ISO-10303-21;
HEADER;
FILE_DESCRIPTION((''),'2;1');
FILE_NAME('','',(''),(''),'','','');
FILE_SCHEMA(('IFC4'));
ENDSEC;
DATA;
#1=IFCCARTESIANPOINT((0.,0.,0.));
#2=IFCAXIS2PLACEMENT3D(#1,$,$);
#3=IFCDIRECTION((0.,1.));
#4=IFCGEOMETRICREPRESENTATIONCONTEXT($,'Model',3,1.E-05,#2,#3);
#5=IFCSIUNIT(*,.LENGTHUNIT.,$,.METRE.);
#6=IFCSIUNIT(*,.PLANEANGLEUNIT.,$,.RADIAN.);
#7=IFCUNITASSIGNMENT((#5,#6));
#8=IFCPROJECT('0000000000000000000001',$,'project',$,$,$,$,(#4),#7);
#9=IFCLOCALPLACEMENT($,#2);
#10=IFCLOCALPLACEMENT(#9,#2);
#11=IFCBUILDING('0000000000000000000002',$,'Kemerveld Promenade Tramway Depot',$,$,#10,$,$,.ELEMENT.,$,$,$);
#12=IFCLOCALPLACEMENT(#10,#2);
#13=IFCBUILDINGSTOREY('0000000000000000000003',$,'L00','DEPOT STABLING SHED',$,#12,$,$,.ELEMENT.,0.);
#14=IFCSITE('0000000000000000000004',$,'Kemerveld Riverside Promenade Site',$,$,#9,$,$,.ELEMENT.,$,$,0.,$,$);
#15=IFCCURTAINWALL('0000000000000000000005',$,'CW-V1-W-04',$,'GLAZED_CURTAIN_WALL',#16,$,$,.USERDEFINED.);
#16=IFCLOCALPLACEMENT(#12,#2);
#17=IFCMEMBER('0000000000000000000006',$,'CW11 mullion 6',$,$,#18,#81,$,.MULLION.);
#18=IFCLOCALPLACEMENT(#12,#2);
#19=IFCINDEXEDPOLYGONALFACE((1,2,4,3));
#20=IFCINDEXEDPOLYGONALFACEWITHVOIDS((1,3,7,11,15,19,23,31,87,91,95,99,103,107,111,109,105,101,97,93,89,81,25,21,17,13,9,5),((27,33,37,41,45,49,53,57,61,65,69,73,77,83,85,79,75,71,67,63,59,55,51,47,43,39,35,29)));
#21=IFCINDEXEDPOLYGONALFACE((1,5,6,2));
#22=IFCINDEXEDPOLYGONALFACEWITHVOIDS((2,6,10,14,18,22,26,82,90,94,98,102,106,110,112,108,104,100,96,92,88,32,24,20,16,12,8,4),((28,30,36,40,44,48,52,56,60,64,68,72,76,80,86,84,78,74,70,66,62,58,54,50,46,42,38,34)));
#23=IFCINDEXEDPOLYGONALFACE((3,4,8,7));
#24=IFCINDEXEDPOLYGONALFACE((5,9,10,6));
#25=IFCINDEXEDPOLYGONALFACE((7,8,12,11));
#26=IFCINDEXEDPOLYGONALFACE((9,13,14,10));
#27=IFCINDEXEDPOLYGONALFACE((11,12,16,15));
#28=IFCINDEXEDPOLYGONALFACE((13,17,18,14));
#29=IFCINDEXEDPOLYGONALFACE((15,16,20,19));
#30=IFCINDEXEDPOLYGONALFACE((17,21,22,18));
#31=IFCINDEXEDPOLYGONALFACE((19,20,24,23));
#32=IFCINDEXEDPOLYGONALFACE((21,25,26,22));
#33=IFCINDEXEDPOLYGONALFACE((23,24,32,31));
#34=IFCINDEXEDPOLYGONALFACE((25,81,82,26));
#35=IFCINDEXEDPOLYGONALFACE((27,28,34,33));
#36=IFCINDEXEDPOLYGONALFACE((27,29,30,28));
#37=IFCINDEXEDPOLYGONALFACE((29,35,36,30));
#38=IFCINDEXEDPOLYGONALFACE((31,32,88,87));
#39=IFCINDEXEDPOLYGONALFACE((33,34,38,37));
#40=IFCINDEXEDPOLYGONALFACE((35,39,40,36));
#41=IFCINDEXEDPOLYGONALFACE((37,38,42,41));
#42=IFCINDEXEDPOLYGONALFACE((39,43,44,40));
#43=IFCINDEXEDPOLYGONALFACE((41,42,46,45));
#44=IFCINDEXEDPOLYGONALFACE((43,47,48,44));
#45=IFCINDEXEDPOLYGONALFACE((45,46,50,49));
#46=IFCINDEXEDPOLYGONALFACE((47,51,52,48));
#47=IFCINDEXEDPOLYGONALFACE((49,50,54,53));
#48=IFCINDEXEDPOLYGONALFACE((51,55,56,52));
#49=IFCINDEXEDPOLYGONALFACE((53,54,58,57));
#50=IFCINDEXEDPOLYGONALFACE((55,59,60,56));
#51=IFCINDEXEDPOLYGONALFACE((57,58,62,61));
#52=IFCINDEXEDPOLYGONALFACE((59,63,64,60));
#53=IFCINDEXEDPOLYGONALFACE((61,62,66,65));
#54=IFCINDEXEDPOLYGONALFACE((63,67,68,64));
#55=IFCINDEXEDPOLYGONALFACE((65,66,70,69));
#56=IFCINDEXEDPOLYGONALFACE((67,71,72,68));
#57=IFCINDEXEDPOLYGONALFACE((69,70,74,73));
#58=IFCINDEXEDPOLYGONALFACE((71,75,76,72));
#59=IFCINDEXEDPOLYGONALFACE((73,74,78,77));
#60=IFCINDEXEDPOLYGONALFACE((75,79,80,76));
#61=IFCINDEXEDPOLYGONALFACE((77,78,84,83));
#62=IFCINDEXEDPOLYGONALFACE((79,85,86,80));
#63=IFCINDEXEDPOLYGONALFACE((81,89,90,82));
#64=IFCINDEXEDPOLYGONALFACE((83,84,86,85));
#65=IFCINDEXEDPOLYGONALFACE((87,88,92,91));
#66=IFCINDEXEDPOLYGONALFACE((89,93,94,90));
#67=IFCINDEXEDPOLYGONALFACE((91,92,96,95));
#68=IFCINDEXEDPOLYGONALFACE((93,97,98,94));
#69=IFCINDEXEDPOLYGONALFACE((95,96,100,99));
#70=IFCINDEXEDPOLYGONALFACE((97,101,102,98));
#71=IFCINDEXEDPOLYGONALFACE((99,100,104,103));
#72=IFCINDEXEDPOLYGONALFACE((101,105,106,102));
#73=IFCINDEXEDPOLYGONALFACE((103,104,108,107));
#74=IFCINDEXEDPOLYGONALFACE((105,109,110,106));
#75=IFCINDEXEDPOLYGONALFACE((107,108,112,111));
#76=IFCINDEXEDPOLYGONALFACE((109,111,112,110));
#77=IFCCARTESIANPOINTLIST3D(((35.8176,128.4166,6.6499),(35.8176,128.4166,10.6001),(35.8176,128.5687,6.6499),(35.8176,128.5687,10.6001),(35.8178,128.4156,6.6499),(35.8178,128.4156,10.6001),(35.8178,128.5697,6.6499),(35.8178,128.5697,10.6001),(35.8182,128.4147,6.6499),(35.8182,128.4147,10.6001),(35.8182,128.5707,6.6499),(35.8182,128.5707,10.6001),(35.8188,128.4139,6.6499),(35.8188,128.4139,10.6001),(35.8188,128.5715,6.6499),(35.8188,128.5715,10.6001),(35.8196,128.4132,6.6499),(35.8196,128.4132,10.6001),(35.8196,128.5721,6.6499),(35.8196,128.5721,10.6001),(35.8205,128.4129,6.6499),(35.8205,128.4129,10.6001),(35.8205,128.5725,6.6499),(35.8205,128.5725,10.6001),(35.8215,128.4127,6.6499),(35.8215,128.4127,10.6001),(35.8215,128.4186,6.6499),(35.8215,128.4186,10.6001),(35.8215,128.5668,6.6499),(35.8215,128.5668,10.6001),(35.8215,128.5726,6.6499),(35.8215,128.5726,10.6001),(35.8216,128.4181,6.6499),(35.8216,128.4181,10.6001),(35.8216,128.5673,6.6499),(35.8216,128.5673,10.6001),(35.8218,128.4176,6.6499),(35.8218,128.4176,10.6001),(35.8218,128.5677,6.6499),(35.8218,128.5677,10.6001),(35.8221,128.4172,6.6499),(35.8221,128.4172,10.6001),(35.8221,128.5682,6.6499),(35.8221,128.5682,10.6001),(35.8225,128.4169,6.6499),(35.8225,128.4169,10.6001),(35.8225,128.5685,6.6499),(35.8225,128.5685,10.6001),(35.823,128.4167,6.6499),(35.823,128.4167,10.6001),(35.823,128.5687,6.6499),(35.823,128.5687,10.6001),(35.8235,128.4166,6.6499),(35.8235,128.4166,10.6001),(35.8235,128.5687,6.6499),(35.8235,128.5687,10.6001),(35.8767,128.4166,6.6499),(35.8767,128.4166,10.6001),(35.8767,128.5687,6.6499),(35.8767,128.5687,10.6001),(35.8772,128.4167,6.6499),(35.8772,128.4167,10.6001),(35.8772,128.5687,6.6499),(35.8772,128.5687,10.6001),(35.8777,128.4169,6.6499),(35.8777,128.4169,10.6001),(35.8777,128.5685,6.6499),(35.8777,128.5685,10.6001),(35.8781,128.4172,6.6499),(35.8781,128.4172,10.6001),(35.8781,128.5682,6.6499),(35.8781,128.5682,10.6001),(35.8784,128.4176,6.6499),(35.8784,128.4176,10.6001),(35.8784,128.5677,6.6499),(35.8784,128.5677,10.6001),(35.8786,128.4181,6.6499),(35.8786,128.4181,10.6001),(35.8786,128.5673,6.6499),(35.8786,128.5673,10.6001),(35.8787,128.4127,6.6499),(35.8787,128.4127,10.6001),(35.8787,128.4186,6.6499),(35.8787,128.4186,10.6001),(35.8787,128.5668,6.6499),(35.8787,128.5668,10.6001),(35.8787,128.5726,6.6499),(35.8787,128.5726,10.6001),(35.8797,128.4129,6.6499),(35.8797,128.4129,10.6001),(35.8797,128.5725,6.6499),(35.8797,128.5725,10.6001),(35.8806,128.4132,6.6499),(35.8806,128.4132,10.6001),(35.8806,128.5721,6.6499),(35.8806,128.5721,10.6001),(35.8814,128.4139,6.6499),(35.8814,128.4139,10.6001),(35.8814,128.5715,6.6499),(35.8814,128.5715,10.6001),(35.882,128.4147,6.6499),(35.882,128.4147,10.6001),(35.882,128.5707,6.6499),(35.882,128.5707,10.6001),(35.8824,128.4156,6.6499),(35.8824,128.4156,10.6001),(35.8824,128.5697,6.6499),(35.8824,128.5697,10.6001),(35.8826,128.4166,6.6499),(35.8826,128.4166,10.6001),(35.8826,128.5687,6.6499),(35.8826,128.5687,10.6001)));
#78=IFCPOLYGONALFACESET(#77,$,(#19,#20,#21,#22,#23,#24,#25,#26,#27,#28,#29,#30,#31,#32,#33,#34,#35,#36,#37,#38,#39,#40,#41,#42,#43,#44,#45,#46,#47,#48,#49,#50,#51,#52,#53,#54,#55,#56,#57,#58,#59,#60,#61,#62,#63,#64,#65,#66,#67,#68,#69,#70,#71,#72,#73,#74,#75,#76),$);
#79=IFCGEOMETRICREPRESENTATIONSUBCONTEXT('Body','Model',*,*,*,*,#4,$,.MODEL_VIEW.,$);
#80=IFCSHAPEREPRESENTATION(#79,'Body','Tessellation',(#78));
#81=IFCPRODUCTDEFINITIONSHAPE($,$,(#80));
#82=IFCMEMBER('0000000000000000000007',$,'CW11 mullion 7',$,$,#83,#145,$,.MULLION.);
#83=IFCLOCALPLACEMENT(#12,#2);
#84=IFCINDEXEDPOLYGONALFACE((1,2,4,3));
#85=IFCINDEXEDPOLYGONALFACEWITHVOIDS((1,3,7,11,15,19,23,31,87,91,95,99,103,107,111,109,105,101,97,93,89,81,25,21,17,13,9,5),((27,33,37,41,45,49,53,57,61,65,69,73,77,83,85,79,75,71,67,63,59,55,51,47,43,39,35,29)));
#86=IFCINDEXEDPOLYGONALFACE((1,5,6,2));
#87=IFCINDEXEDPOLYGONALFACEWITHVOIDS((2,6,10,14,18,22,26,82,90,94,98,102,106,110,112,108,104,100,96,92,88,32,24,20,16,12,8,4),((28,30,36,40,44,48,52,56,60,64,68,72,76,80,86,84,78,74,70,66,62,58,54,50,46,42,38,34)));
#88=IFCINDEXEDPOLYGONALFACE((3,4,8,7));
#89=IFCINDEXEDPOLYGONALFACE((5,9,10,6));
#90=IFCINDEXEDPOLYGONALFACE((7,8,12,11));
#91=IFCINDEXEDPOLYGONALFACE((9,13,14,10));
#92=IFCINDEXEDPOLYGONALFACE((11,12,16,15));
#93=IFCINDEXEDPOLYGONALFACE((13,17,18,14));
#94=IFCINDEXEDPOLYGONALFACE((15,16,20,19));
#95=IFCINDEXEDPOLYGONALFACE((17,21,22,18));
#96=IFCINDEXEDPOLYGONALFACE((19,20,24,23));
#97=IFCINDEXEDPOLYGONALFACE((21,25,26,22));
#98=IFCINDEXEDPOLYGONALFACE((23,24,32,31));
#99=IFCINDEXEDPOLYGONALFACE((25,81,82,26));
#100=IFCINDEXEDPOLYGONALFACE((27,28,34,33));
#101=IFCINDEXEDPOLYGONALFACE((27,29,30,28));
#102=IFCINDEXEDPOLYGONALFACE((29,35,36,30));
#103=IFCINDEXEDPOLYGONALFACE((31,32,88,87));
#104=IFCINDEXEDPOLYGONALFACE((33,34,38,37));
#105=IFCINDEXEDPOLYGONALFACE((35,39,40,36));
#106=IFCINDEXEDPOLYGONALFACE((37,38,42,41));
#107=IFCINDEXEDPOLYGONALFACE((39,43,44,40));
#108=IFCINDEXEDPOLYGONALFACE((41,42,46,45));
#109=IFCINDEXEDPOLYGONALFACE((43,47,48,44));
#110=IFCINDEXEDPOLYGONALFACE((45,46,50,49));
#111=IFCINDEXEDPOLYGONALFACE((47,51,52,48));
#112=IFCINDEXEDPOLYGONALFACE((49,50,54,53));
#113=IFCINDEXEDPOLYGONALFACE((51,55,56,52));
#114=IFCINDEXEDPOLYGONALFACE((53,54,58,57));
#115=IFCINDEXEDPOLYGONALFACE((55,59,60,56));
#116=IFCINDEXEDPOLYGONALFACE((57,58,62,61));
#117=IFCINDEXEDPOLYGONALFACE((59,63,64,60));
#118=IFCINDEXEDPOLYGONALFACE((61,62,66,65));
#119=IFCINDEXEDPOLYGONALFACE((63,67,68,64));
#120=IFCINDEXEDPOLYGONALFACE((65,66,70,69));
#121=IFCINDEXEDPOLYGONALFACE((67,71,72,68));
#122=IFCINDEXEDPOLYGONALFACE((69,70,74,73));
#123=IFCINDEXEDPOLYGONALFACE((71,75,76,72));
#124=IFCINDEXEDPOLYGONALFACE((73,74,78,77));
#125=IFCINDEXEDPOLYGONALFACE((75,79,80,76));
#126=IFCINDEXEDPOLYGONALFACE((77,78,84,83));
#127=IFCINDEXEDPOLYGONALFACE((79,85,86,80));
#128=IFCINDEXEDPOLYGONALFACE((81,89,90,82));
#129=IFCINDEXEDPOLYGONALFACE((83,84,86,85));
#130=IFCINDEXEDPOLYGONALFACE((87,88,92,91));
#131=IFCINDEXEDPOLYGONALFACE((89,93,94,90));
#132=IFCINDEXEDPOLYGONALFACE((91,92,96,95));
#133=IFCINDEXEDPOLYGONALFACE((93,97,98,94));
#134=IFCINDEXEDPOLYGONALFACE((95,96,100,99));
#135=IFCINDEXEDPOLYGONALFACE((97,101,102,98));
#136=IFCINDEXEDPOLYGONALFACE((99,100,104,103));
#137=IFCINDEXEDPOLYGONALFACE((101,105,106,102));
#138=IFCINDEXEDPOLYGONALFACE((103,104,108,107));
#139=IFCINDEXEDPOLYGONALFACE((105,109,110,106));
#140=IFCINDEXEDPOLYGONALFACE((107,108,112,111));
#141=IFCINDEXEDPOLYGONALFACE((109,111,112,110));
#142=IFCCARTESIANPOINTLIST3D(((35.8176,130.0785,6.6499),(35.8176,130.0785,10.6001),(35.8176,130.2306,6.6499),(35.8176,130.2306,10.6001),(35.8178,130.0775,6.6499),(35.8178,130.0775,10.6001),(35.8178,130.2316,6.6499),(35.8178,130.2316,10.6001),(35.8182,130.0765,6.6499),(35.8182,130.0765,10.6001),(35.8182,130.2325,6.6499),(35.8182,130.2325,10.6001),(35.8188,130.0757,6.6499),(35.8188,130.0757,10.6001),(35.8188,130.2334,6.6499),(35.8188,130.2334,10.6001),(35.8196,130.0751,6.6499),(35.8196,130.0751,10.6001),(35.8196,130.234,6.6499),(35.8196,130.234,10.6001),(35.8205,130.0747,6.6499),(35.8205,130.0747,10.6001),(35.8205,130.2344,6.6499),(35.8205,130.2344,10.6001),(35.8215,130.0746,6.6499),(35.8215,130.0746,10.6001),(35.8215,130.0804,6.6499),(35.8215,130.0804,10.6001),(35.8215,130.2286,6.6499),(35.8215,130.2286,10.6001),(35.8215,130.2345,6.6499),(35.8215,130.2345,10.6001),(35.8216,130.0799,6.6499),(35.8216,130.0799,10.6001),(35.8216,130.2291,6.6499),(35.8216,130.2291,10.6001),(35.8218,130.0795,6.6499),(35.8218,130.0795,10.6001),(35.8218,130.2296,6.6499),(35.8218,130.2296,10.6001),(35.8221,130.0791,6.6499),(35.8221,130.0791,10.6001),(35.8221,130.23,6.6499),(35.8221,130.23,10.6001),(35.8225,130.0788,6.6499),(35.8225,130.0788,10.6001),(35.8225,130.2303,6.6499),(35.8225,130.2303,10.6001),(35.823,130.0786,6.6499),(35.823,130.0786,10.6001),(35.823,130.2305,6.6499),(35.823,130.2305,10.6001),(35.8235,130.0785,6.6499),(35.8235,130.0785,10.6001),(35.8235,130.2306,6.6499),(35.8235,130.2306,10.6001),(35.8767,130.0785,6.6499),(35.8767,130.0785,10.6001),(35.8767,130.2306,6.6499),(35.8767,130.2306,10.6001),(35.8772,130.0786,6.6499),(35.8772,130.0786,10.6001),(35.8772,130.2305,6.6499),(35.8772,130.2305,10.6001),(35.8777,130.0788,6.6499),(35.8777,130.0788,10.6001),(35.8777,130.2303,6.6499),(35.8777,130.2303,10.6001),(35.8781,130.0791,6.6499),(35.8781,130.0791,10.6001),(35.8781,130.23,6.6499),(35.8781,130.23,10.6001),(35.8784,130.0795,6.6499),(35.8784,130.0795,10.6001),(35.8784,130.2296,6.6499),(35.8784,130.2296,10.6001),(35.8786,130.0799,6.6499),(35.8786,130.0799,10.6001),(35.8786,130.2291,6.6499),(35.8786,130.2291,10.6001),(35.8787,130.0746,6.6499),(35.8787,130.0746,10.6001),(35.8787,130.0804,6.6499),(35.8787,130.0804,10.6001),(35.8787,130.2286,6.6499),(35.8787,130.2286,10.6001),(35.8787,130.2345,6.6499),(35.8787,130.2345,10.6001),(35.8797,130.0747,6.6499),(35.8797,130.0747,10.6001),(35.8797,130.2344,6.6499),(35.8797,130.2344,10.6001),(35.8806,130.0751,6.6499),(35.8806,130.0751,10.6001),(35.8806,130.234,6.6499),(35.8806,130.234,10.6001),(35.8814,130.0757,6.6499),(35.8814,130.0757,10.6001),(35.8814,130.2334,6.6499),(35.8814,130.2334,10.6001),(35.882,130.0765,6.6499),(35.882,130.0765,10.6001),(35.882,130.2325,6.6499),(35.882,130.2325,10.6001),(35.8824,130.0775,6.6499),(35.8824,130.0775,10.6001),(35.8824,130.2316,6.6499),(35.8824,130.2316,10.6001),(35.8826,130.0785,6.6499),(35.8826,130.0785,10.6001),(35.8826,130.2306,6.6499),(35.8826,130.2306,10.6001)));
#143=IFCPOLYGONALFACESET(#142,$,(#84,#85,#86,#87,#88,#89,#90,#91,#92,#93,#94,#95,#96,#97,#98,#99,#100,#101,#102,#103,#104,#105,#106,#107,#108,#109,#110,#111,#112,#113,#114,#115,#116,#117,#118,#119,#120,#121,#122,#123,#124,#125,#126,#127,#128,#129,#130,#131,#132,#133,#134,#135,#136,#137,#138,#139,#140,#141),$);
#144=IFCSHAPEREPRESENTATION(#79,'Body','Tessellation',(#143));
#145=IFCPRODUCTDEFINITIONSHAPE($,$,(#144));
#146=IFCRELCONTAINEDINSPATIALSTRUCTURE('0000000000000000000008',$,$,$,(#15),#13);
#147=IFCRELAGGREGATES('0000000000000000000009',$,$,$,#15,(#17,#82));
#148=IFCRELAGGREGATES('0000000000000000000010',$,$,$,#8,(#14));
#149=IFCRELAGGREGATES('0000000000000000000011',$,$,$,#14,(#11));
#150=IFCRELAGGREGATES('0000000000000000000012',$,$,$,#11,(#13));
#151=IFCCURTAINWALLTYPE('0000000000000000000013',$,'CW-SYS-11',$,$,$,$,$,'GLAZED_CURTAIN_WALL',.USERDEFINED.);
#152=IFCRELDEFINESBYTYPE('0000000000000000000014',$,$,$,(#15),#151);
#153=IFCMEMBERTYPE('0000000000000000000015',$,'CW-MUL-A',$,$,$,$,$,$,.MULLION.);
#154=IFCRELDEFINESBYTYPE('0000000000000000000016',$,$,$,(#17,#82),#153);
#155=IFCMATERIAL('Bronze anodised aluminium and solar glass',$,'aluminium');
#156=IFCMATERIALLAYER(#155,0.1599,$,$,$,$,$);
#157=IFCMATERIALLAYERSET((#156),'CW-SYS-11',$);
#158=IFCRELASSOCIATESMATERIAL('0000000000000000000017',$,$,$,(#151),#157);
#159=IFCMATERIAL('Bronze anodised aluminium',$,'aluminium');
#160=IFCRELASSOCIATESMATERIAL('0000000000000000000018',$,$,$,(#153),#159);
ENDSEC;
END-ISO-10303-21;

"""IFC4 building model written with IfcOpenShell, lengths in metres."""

from ifc_helpers import new_model, si_unit, direction, frame, origin, origin_2d, place, context, subcontext, project, spatial, hollow_rectangle, extrude, material, layer, layer_set, material_profile, profile_set, type_object, element, aggregate, save


model = new_model("IFC4")

# Units and contexts
model_context = context("Model", 3, precision=1e-05, world=origin(), true_north=direction((0.0, 1.0)))
body_context = subcontext(model_context, "Body", "Model", "MODEL_VIEW")
ifc_project = project(units=[si_unit("LENGTHUNIT", "METRE"), si_unit("PLANEANGLEUNIT", "RADIAN")], contexts=[model_context])

# Site, building, storey
site_placement = place(None, origin())
site = spatial("IfcSite", under=ifc_project, at=site_placement, Name="Kemerveld Riverside Promenade Site", CompositionType="ELEMENT", RefElevation=0.0)
building_placement = place(site_placement, origin())
building = spatial("IfcBuilding", under=site, at=building_placement, Name="Kemerveld Promenade Tramway Depot", CompositionType="ELEMENT")
storey_placement = place(building_placement, origin())
storey = spatial("IfcBuildingStorey", under=building, at=storey_placement, Name="L00", Description="DEPOT STABLING SHED", CompositionType="ELEMENT", Elevation=0.0)

# Curtain wall, members
ifc_material_1 = material(Name="Bronze anodised aluminium and solar glass", Category="aluminium")
ifc_layer_1 = layer(ifc_material_1, 0.1599)
ifc_layer_set_1 = layer_set([ifc_layer_1], Name="CW-SYS-11")
curtain_wall_type_1 = type_object("IfcCurtainWallType", Name="CW-SYS-11", ElementType="GLAZED_CURTAIN_WALL", PredefinedType="USERDEFINED", material=ifc_layer_set_1)
curtain_wall_1_placement = place(storey_placement, origin())
curtain_wall_1 = element("IfcCurtainWall", 1, at=curtain_wall_1_placement, inside=storey, type_object=curtain_wall_type_1, Name="CW-V1-W-04", ObjectType="GLAZED_CURTAIN_WALL", PredefinedType="USERDEFINED")
ifc_material_2 = material(Name="Bronze anodised aluminium", Category="aluminium")
ifc_material_profile_1 = material_profile(ifc_material_2, hollow_rectangle(XDim=0.0649, YDim=0.1599, WallThickness=0.0039, InnerFilletRadius=0.002, OuterFilletRadius=0.0039, at=origin_2d()), Name="CW-MUL-160x65")
ifc_profile_set_1 = profile_set([ifc_material_profile_1], Name="Bronze anodised aluminium")
member_type_1 = type_object("IfcMemberType", Name="CW-MUL-A", PredefinedType="MULLION", material=ifc_profile_set_1)
member_1_placement = place(storey_placement, frame((35.8501, 128.4927, 6.6499), z_axis=(0.0, 0.0, 1.0), x_axis=(-1.0, 0.0, 0.0)))
member_1 = element("IfcMember", 2, at=member_1_placement, type_object=member_type_1, Name="CW11 mullion 6", PredefinedType="MULLION", context=body_context, shape_type="SweptSolid", body=[
    extrude(hollow_rectangle(XDim=0.0649, YDim=0.1599, WallThickness=0.0039, InnerFilletRadius=0.002, OuterFilletRadius=0.0039, at=origin_2d()), origin(), (0.0, 0.0, 1.0), 3.9502),
])
member_2_placement = place(storey_placement, frame((35.8501, 130.1545, 6.6499), z_axis=(0.0, 0.0, 1.0), x_axis=(-1.0, 0.0, 0.0)))
member_2 = element("IfcMember", 3, at=member_2_placement, type_object=member_type_1, Name="CW11 mullion 7", PredefinedType="MULLION", context=body_context, shape_type="SweptSolid", body=[
    extrude(hollow_rectangle(XDim=0.0649, YDim=0.1599, WallThickness=0.0039, InnerFilletRadius=0.002, OuterFilletRadius=0.0039, at=origin_2d()), origin(), (0.0, 0.0, 1.0), 3.9502),
])

aggregate(curtain_wall_1, [member_1, member_2])

save(model, "model.ifc")
